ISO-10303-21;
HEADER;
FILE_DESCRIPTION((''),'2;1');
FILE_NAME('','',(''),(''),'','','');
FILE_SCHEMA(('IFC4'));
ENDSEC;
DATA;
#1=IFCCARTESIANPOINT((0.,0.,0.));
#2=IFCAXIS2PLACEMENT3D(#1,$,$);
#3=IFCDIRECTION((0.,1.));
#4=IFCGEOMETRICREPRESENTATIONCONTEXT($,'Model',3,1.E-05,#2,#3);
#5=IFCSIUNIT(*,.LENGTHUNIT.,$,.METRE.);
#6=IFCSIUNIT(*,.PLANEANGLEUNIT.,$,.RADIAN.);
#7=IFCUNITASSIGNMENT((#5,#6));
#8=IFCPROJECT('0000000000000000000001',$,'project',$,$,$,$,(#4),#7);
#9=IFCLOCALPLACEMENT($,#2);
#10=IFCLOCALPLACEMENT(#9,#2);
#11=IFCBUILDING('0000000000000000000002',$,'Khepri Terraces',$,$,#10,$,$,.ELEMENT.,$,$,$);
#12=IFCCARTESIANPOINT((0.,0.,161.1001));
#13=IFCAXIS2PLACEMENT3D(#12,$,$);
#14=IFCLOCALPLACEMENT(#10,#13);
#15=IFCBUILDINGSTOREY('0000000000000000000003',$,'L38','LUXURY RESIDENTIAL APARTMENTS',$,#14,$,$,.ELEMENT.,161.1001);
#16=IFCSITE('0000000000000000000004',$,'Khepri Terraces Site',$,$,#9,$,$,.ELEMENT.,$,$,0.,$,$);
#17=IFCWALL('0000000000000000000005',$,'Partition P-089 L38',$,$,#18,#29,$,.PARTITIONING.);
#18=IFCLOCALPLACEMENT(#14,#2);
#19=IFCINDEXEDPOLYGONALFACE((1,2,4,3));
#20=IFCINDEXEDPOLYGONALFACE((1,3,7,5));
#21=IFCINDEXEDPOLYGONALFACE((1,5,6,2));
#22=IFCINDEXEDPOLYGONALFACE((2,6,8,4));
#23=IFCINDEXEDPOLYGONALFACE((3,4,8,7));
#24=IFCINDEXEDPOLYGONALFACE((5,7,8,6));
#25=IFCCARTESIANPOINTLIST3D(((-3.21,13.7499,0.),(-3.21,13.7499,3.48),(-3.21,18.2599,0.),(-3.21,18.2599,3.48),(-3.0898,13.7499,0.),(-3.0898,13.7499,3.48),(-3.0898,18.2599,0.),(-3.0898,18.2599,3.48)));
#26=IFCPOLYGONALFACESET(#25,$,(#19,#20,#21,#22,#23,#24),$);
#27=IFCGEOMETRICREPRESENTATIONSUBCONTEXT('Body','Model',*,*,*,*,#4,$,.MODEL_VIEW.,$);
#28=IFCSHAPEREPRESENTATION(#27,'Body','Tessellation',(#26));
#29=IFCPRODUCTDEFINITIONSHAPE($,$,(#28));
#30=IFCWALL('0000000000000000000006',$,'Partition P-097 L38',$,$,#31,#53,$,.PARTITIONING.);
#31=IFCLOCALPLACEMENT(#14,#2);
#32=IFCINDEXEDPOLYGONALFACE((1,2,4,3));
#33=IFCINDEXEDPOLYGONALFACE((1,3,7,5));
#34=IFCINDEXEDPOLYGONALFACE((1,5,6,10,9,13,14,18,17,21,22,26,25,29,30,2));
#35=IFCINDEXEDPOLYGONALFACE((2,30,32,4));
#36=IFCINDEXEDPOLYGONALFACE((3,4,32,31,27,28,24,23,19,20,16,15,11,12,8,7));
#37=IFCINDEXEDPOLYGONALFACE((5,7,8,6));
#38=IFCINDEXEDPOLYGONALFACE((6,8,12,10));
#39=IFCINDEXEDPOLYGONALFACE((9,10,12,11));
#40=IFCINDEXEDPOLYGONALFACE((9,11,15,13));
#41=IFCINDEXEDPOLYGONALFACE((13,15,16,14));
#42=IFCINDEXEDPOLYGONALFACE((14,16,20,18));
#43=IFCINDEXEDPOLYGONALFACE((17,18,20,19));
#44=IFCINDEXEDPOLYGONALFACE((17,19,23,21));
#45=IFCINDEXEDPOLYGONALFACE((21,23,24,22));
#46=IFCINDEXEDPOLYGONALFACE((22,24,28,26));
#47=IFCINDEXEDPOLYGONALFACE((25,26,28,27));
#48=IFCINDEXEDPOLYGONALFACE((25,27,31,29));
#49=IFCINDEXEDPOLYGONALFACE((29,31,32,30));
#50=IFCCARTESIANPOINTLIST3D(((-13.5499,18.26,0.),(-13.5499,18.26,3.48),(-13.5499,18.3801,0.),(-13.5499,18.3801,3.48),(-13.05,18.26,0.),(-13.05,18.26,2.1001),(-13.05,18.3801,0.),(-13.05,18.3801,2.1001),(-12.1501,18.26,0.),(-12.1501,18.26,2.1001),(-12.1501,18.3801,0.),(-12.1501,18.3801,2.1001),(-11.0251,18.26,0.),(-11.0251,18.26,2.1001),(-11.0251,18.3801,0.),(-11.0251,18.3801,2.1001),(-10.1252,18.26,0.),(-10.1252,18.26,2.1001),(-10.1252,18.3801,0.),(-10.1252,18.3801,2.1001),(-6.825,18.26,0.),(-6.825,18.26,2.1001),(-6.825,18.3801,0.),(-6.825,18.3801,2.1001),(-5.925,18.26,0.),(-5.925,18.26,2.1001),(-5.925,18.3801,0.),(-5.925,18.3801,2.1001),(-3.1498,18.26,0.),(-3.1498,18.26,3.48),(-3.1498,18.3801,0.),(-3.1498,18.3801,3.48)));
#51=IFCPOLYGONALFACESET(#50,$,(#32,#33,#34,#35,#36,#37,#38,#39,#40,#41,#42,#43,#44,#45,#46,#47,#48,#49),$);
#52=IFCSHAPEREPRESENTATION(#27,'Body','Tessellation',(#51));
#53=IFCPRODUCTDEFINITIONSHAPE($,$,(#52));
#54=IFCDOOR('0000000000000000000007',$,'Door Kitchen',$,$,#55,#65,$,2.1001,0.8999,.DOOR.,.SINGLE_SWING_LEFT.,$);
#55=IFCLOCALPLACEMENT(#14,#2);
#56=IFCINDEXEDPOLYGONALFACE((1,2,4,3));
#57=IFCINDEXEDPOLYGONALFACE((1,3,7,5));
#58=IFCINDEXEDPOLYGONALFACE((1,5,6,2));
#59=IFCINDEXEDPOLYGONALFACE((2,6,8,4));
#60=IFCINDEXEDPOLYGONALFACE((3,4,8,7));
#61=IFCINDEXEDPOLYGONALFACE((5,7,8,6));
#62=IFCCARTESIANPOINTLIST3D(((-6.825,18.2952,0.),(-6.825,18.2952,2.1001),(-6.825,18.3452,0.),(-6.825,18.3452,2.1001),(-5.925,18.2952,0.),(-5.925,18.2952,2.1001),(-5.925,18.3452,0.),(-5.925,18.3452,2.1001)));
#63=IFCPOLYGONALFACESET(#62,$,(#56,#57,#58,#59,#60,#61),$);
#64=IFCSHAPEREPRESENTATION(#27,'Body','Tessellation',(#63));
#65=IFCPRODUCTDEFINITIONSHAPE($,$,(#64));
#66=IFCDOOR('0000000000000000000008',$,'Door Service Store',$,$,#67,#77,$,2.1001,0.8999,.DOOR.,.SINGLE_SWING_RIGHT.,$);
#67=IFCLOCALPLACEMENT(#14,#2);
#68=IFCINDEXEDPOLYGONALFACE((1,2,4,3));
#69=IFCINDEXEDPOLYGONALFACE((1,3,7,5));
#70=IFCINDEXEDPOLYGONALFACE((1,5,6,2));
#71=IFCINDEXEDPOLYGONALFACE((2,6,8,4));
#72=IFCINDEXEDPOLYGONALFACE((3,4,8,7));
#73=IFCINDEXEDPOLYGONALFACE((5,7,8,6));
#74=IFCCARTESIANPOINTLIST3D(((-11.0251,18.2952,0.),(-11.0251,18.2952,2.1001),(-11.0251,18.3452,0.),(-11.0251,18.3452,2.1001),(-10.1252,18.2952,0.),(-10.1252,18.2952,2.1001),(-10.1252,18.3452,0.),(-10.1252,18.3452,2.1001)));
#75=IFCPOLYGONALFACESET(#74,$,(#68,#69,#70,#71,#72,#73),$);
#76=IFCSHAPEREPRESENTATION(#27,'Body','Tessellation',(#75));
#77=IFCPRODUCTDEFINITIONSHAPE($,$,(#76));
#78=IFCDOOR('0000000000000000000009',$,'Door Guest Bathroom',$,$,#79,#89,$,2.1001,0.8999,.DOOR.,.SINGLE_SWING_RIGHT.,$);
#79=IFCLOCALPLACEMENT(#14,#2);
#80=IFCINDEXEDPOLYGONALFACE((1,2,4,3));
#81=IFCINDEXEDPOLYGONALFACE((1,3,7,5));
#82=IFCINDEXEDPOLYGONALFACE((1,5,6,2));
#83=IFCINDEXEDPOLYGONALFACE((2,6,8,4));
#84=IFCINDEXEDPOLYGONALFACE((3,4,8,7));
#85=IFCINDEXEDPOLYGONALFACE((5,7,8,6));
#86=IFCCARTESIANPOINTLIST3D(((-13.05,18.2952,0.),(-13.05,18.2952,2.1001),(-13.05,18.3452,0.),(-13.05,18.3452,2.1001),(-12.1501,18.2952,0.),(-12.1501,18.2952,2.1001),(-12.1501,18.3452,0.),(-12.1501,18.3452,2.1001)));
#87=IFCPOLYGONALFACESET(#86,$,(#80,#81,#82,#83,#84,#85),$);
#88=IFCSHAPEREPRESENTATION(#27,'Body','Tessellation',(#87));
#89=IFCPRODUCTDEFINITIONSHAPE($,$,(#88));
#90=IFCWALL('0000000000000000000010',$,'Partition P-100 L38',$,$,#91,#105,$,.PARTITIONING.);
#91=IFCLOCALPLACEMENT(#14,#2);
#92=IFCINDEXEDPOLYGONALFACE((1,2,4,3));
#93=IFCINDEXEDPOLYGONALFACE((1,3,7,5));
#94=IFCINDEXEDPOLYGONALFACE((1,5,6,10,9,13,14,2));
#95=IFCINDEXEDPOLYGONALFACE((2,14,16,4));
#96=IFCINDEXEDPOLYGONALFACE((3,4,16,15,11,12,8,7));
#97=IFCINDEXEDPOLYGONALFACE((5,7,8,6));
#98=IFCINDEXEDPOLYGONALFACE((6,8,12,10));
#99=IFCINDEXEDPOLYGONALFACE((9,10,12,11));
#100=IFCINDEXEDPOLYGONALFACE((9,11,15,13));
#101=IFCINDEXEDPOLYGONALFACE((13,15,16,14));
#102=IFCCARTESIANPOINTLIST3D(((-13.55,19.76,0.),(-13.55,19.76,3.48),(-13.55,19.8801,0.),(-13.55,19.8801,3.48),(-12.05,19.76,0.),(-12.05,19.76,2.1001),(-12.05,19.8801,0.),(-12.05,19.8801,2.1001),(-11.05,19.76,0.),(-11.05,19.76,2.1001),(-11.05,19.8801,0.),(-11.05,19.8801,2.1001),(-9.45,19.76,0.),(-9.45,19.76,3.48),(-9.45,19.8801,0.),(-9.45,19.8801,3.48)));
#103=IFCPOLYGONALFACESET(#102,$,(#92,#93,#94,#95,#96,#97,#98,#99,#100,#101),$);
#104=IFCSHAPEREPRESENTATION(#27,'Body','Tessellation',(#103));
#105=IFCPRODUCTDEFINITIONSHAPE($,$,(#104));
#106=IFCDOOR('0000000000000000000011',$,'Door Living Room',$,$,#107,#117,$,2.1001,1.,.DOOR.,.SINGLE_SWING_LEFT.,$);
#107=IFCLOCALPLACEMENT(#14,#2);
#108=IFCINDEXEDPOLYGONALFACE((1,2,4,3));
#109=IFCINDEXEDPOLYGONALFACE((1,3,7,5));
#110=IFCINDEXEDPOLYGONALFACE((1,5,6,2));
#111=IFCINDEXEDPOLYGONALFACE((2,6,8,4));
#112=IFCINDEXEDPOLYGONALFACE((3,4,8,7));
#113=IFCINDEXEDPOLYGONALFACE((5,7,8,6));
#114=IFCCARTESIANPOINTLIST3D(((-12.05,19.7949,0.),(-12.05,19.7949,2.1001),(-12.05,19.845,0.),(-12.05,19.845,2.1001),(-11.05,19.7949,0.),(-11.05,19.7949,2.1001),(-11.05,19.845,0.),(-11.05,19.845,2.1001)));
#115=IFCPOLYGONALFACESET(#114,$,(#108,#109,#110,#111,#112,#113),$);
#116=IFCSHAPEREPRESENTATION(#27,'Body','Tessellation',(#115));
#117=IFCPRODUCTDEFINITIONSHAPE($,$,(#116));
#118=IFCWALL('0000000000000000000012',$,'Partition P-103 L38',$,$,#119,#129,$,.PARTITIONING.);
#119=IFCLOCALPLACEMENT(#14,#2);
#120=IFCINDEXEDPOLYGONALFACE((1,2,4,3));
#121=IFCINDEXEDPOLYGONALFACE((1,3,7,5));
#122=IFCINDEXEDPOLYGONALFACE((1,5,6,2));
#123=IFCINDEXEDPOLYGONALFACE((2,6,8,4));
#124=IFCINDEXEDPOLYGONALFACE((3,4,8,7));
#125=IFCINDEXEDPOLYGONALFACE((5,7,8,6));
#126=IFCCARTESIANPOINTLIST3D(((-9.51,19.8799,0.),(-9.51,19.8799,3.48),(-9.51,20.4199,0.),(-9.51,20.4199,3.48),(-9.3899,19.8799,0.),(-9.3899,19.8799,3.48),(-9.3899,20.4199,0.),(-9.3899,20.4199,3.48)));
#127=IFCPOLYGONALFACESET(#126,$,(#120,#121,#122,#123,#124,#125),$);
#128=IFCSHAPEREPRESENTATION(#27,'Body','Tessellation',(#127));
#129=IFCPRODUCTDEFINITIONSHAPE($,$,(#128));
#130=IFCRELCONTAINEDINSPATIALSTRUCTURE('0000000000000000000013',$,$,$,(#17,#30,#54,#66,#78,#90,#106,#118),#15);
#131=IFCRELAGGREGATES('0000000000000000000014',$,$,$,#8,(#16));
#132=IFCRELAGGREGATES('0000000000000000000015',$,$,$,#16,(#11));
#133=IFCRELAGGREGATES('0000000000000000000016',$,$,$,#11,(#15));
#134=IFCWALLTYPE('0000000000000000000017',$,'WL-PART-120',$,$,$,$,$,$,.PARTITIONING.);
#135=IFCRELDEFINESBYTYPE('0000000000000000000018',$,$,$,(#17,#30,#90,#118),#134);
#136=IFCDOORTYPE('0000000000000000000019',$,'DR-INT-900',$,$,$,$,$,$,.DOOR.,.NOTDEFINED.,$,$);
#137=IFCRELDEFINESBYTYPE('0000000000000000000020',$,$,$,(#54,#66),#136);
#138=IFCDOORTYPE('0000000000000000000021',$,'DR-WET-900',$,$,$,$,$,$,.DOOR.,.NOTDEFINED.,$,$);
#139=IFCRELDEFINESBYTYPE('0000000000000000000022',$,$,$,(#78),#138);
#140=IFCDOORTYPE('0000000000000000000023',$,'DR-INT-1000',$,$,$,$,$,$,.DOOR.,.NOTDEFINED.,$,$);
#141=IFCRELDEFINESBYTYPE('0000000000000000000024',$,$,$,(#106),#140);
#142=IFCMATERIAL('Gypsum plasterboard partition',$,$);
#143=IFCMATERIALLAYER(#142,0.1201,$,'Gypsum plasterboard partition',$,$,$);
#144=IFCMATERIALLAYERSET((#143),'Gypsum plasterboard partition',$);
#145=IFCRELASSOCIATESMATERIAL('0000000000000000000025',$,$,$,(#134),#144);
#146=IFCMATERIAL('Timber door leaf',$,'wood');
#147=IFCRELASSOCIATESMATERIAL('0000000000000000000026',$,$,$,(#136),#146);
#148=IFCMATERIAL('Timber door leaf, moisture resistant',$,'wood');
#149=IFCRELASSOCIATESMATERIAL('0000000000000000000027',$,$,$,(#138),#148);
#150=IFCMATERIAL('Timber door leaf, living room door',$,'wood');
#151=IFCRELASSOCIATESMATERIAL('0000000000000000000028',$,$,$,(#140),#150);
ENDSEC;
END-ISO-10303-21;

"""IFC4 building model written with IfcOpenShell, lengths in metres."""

from ifc_helpers import new_model, si_unit, direction, frame, frame_2d, origin, place, context, subcontext, project, spatial, rectangle, extrude, material, layer, layer_set, type_object, element, fill, save


model = new_model("IFC4")

# Units and contexts
model_context = context("Model", 3, precision=1e-05, world=origin(), true_north=direction((0.0, 1.0)))
body_context = subcontext(model_context, "Body", "Model", "MODEL_VIEW")
ifc_project = project(units=[si_unit("LENGTHUNIT", "METRE"), si_unit("PLANEANGLEUNIT", "RADIAN")], contexts=[model_context])

# Site, building, storey
site_placement = place(None, origin())
site = spatial("IfcSite", under=ifc_project, at=site_placement, Name="Khepri Terraces Site", CompositionType="ELEMENT", RefElevation=0.0)
building_placement = place(site_placement, origin())
building = spatial("IfcBuilding", under=site, at=building_placement, Name="Khepri Terraces", CompositionType="ELEMENT")
storey_placement = place(building_placement, frame((0.0, 0.0, 161.1001)))
storey = spatial("IfcBuildingStorey", under=building, at=storey_placement, Name="L38", Description="LUXURY RESIDENTIAL APARTMENTS", CompositionType="ELEMENT", Elevation=161.1001)

# Wall
ifc_material_1 = material(Name="Gypsum plasterboard partition")
ifc_layer_1 = layer(ifc_material_1, 0.1201, Name="Gypsum plasterboard partition")
ifc_layer_set_1 = layer_set([ifc_layer_1], Name="Gypsum plasterboard partition")
wall_type_1 = type_object("IfcWallType", Name="WL-PART-120", PredefinedType="PARTITIONING", material=ifc_layer_set_1)
for number, where, z_axis, x_axis, name in (
    (1, (-3.1499, 13.75, 0.0), (0.0, 0.0, 1.0), (0.0, 1.0, 0.0), "Partition P-089 L38"),
):
    element("IfcWall", number, at=place(storey_placement, frame(where, z_axis=z_axis, x_axis=x_axis)), inside=storey, type_object=wall_type_1, Name=name, PredefinedType="PARTITIONING", context=body_context, shape_type="SweptSolid", body=[
        extrude(rectangle(XDim=4.51, YDim=0.1201, at=frame_2d((2.2549, 0.0))), origin(), (0.0, 0.0, 1.0), 3.48),
    ])

# Wall, openings, doors
wall_1_placement = place(storey_placement, frame((-13.55, 18.3201, 0.0), z_axis=(0.0, 0.0, 1.0), x_axis=(1.0, 0.0, 0.0)))
wall_1 = element("IfcWall", 2, at=wall_1_placement, inside=storey, type_object=wall_type_1, Name="Partition P-097 L38", PredefinedType="PARTITIONING", context=body_context, shape_type="SweptSolid", body=[
    extrude(rectangle(XDim=10.4001, YDim=0.1201, at=frame_2d((5.2002, 0.0))), origin(), (0.0, 0.0, 1.0), 3.48),
])
opening_1_placement = place(wall_1_placement, frame((6.7251, 0.0, 0.0)))
opening_1 = element("IfcOpeningElement", 3, at=opening_1_placement, cuts=wall_1, PredefinedType="OPENING", context=body_context, shape_type="SweptSolid", body=[
    extrude(rectangle(XDim=0.8999, YDim=2.1001, at=frame_2d((0.45, 1.05))), frame((0.0, 0.0701, 0.0), z_axis=(0.0, -1.0, 0.0), x_axis=(1.0, 0.0, 0.0)), (0.0, 0.0, 1.0), 0.1401),
])
opening_2_placement = place(wall_1_placement, frame((2.5249, 0.0, 0.0)))
opening_2 = element("IfcOpeningElement", 4, at=opening_2_placement, cuts=wall_1, PredefinedType="OPENING", context=body_context, shape_type="SweptSolid", body=[
    extrude(rectangle(XDim=0.8999, YDim=2.1001, at=frame_2d((0.45, 1.05))), frame((0.0, 0.0701, 0.0), z_axis=(0.0, -1.0, 0.0), x_axis=(1.0, 0.0, 0.0)), (0.0, 0.0, 1.0), 0.1401),
])
opening_3_placement = place(wall_1_placement, frame((0.5, 0.0, 0.0)))
opening_3 = element("IfcOpeningElement", 5, at=opening_3_placement, cuts=wall_1, PredefinedType="OPENING", context=body_context, shape_type="SweptSolid", body=[
    extrude(rectangle(XDim=0.8999, YDim=2.1001, at=frame_2d((0.45, 1.05))), frame((0.0, 0.0701, 0.0), z_axis=(0.0, -1.0, 0.0), x_axis=(1.0, 0.0, 0.0)), (0.0, 0.0, 1.0), 0.1401),
])
ifc_material_2 = material(Name="Timber door leaf", Category="wood")
door_type_1 = type_object("IfcDoorType", Name="DR-INT-900", OperationType="NOTDEFINED", PredefinedType="DOOR", material=ifc_material_2)
door_1_placement = place(opening_1_placement, frame((0.8999, 0.0, 0.0), z_axis=(0.0, 0.0, 1.0), x_axis=(-1.0, 0.0, 0.0)))
door_1 = element("IfcDoor", 6, at=door_1_placement, inside=storey, type_object=door_type_1, Name="Door Kitchen", OperationType="SINGLE_SWING_LEFT", OverallHeight=2.1001, OverallWidth=0.8999, PredefinedType="DOOR", context=body_context, shape_type="SweptSolid", body=[
    extrude(rectangle(XDim=0.8999, YDim=2.1001, at=frame_2d((0.45, 1.05))), frame((0.0, 0.0249, 0.0), z_axis=(0.0, -1.0, 0.0), x_axis=(1.0, 0.0, 0.0)), (0.0, 0.0, 1.0), 0.05),
])
fill(opening_1, door_1)
door_2_placement = place(opening_2_placement, frame((0.8999, 0.0, 0.0), z_axis=(0.0, 0.0, 1.0), x_axis=(-1.0, 0.0, 0.0)))
door_2 = element("IfcDoor", 7, at=door_2_placement, inside=storey, type_object=door_type_1, Name="Door Service Store", OperationType="SINGLE_SWING_RIGHT", OverallHeight=2.1001, OverallWidth=0.8999, PredefinedType="DOOR", context=body_context, shape_type="SweptSolid", body=[
    extrude(rectangle(XDim=0.8999, YDim=2.1001, at=frame_2d((0.45, 1.05))), frame((0.0, 0.0249, 0.0), z_axis=(0.0, -1.0, 0.0), x_axis=(1.0, 0.0, 0.0)), (0.0, 0.0, 1.0), 0.05),
])
fill(opening_2, door_2)
ifc_material_3 = material(Name="Timber door leaf, moisture resistant", Category="wood")
door_type_2 = type_object("IfcDoorType", Name="DR-WET-900", OperationType="NOTDEFINED", PredefinedType="DOOR", material=ifc_material_3)
door_3_placement = place(opening_3_placement, frame((0.8999, 0.0, 0.0), z_axis=(0.0, 0.0, 1.0), x_axis=(-1.0, 0.0, 0.0)))
door_3 = element("IfcDoor", 8, at=door_3_placement, inside=storey, type_object=door_type_2, Name="Door Guest Bathroom", OperationType="SINGLE_SWING_RIGHT", OverallHeight=2.1001, OverallWidth=0.8999, PredefinedType="DOOR", context=body_context, shape_type="SweptSolid", body=[
    extrude(rectangle(XDim=0.8999, YDim=2.1001, at=frame_2d((0.45, 1.05))), frame((0.0, 0.0249, 0.0), z_axis=(0.0, -1.0, 0.0), x_axis=(1.0, 0.0, 0.0)), (0.0, 0.0, 1.0), 0.05),
])
fill(opening_3, door_3)

# Wall, opening, door
wall_2_placement = place(storey_placement, frame((-13.55, 19.8201, 0.0), z_axis=(0.0, 0.0, 1.0), x_axis=(1.0, 0.0, 0.0)))
wall_2 = element("IfcWall", 9, at=wall_2_placement, inside=storey, type_object=wall_type_1, Name="Partition P-100 L38", PredefinedType="PARTITIONING", context=body_context, shape_type="SweptSolid", body=[
    extrude(rectangle(XDim=4.1001, YDim=0.1201, at=frame_2d((2.05, 0.0))), origin(), (0.0, 0.0, 1.0), 3.48),
])
opening_4_placement = place(wall_2_placement, frame((1.5, 0.0, 0.0)))
opening_4 = element("IfcOpeningElement", 10, at=opening_4_placement, cuts=wall_2, PredefinedType="OPENING", context=body_context, shape_type="SweptSolid", body=[
    extrude(rectangle(XDim=1.0, YDim=2.1001, at=frame_2d((0.5, 1.05))), frame((0.0, 0.0701, 0.0), z_axis=(0.0, -1.0, 0.0), x_axis=(1.0, 0.0, 0.0)), (0.0, 0.0, 1.0), 0.1401),
])
ifc_material_4 = material(Name="Timber door leaf, living room door", Category="wood")
door_type_3 = type_object("IfcDoorType", Name="DR-INT-1000", OperationType="NOTDEFINED", PredefinedType="DOOR", material=ifc_material_4)
door_4_placement = place(opening_4_placement, origin())
door_4 = element("IfcDoor", 11, at=door_4_placement, inside=storey, type_object=door_type_3, Name="Door Living Room", OperationType="SINGLE_SWING_LEFT", OverallHeight=2.1001, OverallWidth=1.0, PredefinedType="DOOR", context=body_context, shape_type="SweptSolid", body=[
    extrude(rectangle(XDim=1.0, YDim=2.1001, at=frame_2d((0.5, 1.05))), frame((0.0, 0.0249, 0.0), z_axis=(0.0, -1.0, 0.0), x_axis=(1.0, 0.0, 0.0)), (0.0, 0.0, 1.0), 0.05),
])
fill(opening_4, door_4)

# Wall
wall_3_placement = place(storey_placement, frame((-9.45, 19.8799, 0.0), z_axis=(0.0, 0.0, 1.0), x_axis=(0.0, 1.0, 0.0)))
element("IfcWall", 12, at=wall_3_placement, inside=storey, type_object=wall_type_1, Name="Partition P-103 L38", PredefinedType="PARTITIONING", context=body_context, shape_type="SweptSolid", body=[
    extrude(rectangle(XDim=0.54, YDim=0.1201, at=frame_2d((0.27, 0.0))), origin(), (0.0, 0.0, 1.0), 3.48),
])

save(model, "model.ifc")
